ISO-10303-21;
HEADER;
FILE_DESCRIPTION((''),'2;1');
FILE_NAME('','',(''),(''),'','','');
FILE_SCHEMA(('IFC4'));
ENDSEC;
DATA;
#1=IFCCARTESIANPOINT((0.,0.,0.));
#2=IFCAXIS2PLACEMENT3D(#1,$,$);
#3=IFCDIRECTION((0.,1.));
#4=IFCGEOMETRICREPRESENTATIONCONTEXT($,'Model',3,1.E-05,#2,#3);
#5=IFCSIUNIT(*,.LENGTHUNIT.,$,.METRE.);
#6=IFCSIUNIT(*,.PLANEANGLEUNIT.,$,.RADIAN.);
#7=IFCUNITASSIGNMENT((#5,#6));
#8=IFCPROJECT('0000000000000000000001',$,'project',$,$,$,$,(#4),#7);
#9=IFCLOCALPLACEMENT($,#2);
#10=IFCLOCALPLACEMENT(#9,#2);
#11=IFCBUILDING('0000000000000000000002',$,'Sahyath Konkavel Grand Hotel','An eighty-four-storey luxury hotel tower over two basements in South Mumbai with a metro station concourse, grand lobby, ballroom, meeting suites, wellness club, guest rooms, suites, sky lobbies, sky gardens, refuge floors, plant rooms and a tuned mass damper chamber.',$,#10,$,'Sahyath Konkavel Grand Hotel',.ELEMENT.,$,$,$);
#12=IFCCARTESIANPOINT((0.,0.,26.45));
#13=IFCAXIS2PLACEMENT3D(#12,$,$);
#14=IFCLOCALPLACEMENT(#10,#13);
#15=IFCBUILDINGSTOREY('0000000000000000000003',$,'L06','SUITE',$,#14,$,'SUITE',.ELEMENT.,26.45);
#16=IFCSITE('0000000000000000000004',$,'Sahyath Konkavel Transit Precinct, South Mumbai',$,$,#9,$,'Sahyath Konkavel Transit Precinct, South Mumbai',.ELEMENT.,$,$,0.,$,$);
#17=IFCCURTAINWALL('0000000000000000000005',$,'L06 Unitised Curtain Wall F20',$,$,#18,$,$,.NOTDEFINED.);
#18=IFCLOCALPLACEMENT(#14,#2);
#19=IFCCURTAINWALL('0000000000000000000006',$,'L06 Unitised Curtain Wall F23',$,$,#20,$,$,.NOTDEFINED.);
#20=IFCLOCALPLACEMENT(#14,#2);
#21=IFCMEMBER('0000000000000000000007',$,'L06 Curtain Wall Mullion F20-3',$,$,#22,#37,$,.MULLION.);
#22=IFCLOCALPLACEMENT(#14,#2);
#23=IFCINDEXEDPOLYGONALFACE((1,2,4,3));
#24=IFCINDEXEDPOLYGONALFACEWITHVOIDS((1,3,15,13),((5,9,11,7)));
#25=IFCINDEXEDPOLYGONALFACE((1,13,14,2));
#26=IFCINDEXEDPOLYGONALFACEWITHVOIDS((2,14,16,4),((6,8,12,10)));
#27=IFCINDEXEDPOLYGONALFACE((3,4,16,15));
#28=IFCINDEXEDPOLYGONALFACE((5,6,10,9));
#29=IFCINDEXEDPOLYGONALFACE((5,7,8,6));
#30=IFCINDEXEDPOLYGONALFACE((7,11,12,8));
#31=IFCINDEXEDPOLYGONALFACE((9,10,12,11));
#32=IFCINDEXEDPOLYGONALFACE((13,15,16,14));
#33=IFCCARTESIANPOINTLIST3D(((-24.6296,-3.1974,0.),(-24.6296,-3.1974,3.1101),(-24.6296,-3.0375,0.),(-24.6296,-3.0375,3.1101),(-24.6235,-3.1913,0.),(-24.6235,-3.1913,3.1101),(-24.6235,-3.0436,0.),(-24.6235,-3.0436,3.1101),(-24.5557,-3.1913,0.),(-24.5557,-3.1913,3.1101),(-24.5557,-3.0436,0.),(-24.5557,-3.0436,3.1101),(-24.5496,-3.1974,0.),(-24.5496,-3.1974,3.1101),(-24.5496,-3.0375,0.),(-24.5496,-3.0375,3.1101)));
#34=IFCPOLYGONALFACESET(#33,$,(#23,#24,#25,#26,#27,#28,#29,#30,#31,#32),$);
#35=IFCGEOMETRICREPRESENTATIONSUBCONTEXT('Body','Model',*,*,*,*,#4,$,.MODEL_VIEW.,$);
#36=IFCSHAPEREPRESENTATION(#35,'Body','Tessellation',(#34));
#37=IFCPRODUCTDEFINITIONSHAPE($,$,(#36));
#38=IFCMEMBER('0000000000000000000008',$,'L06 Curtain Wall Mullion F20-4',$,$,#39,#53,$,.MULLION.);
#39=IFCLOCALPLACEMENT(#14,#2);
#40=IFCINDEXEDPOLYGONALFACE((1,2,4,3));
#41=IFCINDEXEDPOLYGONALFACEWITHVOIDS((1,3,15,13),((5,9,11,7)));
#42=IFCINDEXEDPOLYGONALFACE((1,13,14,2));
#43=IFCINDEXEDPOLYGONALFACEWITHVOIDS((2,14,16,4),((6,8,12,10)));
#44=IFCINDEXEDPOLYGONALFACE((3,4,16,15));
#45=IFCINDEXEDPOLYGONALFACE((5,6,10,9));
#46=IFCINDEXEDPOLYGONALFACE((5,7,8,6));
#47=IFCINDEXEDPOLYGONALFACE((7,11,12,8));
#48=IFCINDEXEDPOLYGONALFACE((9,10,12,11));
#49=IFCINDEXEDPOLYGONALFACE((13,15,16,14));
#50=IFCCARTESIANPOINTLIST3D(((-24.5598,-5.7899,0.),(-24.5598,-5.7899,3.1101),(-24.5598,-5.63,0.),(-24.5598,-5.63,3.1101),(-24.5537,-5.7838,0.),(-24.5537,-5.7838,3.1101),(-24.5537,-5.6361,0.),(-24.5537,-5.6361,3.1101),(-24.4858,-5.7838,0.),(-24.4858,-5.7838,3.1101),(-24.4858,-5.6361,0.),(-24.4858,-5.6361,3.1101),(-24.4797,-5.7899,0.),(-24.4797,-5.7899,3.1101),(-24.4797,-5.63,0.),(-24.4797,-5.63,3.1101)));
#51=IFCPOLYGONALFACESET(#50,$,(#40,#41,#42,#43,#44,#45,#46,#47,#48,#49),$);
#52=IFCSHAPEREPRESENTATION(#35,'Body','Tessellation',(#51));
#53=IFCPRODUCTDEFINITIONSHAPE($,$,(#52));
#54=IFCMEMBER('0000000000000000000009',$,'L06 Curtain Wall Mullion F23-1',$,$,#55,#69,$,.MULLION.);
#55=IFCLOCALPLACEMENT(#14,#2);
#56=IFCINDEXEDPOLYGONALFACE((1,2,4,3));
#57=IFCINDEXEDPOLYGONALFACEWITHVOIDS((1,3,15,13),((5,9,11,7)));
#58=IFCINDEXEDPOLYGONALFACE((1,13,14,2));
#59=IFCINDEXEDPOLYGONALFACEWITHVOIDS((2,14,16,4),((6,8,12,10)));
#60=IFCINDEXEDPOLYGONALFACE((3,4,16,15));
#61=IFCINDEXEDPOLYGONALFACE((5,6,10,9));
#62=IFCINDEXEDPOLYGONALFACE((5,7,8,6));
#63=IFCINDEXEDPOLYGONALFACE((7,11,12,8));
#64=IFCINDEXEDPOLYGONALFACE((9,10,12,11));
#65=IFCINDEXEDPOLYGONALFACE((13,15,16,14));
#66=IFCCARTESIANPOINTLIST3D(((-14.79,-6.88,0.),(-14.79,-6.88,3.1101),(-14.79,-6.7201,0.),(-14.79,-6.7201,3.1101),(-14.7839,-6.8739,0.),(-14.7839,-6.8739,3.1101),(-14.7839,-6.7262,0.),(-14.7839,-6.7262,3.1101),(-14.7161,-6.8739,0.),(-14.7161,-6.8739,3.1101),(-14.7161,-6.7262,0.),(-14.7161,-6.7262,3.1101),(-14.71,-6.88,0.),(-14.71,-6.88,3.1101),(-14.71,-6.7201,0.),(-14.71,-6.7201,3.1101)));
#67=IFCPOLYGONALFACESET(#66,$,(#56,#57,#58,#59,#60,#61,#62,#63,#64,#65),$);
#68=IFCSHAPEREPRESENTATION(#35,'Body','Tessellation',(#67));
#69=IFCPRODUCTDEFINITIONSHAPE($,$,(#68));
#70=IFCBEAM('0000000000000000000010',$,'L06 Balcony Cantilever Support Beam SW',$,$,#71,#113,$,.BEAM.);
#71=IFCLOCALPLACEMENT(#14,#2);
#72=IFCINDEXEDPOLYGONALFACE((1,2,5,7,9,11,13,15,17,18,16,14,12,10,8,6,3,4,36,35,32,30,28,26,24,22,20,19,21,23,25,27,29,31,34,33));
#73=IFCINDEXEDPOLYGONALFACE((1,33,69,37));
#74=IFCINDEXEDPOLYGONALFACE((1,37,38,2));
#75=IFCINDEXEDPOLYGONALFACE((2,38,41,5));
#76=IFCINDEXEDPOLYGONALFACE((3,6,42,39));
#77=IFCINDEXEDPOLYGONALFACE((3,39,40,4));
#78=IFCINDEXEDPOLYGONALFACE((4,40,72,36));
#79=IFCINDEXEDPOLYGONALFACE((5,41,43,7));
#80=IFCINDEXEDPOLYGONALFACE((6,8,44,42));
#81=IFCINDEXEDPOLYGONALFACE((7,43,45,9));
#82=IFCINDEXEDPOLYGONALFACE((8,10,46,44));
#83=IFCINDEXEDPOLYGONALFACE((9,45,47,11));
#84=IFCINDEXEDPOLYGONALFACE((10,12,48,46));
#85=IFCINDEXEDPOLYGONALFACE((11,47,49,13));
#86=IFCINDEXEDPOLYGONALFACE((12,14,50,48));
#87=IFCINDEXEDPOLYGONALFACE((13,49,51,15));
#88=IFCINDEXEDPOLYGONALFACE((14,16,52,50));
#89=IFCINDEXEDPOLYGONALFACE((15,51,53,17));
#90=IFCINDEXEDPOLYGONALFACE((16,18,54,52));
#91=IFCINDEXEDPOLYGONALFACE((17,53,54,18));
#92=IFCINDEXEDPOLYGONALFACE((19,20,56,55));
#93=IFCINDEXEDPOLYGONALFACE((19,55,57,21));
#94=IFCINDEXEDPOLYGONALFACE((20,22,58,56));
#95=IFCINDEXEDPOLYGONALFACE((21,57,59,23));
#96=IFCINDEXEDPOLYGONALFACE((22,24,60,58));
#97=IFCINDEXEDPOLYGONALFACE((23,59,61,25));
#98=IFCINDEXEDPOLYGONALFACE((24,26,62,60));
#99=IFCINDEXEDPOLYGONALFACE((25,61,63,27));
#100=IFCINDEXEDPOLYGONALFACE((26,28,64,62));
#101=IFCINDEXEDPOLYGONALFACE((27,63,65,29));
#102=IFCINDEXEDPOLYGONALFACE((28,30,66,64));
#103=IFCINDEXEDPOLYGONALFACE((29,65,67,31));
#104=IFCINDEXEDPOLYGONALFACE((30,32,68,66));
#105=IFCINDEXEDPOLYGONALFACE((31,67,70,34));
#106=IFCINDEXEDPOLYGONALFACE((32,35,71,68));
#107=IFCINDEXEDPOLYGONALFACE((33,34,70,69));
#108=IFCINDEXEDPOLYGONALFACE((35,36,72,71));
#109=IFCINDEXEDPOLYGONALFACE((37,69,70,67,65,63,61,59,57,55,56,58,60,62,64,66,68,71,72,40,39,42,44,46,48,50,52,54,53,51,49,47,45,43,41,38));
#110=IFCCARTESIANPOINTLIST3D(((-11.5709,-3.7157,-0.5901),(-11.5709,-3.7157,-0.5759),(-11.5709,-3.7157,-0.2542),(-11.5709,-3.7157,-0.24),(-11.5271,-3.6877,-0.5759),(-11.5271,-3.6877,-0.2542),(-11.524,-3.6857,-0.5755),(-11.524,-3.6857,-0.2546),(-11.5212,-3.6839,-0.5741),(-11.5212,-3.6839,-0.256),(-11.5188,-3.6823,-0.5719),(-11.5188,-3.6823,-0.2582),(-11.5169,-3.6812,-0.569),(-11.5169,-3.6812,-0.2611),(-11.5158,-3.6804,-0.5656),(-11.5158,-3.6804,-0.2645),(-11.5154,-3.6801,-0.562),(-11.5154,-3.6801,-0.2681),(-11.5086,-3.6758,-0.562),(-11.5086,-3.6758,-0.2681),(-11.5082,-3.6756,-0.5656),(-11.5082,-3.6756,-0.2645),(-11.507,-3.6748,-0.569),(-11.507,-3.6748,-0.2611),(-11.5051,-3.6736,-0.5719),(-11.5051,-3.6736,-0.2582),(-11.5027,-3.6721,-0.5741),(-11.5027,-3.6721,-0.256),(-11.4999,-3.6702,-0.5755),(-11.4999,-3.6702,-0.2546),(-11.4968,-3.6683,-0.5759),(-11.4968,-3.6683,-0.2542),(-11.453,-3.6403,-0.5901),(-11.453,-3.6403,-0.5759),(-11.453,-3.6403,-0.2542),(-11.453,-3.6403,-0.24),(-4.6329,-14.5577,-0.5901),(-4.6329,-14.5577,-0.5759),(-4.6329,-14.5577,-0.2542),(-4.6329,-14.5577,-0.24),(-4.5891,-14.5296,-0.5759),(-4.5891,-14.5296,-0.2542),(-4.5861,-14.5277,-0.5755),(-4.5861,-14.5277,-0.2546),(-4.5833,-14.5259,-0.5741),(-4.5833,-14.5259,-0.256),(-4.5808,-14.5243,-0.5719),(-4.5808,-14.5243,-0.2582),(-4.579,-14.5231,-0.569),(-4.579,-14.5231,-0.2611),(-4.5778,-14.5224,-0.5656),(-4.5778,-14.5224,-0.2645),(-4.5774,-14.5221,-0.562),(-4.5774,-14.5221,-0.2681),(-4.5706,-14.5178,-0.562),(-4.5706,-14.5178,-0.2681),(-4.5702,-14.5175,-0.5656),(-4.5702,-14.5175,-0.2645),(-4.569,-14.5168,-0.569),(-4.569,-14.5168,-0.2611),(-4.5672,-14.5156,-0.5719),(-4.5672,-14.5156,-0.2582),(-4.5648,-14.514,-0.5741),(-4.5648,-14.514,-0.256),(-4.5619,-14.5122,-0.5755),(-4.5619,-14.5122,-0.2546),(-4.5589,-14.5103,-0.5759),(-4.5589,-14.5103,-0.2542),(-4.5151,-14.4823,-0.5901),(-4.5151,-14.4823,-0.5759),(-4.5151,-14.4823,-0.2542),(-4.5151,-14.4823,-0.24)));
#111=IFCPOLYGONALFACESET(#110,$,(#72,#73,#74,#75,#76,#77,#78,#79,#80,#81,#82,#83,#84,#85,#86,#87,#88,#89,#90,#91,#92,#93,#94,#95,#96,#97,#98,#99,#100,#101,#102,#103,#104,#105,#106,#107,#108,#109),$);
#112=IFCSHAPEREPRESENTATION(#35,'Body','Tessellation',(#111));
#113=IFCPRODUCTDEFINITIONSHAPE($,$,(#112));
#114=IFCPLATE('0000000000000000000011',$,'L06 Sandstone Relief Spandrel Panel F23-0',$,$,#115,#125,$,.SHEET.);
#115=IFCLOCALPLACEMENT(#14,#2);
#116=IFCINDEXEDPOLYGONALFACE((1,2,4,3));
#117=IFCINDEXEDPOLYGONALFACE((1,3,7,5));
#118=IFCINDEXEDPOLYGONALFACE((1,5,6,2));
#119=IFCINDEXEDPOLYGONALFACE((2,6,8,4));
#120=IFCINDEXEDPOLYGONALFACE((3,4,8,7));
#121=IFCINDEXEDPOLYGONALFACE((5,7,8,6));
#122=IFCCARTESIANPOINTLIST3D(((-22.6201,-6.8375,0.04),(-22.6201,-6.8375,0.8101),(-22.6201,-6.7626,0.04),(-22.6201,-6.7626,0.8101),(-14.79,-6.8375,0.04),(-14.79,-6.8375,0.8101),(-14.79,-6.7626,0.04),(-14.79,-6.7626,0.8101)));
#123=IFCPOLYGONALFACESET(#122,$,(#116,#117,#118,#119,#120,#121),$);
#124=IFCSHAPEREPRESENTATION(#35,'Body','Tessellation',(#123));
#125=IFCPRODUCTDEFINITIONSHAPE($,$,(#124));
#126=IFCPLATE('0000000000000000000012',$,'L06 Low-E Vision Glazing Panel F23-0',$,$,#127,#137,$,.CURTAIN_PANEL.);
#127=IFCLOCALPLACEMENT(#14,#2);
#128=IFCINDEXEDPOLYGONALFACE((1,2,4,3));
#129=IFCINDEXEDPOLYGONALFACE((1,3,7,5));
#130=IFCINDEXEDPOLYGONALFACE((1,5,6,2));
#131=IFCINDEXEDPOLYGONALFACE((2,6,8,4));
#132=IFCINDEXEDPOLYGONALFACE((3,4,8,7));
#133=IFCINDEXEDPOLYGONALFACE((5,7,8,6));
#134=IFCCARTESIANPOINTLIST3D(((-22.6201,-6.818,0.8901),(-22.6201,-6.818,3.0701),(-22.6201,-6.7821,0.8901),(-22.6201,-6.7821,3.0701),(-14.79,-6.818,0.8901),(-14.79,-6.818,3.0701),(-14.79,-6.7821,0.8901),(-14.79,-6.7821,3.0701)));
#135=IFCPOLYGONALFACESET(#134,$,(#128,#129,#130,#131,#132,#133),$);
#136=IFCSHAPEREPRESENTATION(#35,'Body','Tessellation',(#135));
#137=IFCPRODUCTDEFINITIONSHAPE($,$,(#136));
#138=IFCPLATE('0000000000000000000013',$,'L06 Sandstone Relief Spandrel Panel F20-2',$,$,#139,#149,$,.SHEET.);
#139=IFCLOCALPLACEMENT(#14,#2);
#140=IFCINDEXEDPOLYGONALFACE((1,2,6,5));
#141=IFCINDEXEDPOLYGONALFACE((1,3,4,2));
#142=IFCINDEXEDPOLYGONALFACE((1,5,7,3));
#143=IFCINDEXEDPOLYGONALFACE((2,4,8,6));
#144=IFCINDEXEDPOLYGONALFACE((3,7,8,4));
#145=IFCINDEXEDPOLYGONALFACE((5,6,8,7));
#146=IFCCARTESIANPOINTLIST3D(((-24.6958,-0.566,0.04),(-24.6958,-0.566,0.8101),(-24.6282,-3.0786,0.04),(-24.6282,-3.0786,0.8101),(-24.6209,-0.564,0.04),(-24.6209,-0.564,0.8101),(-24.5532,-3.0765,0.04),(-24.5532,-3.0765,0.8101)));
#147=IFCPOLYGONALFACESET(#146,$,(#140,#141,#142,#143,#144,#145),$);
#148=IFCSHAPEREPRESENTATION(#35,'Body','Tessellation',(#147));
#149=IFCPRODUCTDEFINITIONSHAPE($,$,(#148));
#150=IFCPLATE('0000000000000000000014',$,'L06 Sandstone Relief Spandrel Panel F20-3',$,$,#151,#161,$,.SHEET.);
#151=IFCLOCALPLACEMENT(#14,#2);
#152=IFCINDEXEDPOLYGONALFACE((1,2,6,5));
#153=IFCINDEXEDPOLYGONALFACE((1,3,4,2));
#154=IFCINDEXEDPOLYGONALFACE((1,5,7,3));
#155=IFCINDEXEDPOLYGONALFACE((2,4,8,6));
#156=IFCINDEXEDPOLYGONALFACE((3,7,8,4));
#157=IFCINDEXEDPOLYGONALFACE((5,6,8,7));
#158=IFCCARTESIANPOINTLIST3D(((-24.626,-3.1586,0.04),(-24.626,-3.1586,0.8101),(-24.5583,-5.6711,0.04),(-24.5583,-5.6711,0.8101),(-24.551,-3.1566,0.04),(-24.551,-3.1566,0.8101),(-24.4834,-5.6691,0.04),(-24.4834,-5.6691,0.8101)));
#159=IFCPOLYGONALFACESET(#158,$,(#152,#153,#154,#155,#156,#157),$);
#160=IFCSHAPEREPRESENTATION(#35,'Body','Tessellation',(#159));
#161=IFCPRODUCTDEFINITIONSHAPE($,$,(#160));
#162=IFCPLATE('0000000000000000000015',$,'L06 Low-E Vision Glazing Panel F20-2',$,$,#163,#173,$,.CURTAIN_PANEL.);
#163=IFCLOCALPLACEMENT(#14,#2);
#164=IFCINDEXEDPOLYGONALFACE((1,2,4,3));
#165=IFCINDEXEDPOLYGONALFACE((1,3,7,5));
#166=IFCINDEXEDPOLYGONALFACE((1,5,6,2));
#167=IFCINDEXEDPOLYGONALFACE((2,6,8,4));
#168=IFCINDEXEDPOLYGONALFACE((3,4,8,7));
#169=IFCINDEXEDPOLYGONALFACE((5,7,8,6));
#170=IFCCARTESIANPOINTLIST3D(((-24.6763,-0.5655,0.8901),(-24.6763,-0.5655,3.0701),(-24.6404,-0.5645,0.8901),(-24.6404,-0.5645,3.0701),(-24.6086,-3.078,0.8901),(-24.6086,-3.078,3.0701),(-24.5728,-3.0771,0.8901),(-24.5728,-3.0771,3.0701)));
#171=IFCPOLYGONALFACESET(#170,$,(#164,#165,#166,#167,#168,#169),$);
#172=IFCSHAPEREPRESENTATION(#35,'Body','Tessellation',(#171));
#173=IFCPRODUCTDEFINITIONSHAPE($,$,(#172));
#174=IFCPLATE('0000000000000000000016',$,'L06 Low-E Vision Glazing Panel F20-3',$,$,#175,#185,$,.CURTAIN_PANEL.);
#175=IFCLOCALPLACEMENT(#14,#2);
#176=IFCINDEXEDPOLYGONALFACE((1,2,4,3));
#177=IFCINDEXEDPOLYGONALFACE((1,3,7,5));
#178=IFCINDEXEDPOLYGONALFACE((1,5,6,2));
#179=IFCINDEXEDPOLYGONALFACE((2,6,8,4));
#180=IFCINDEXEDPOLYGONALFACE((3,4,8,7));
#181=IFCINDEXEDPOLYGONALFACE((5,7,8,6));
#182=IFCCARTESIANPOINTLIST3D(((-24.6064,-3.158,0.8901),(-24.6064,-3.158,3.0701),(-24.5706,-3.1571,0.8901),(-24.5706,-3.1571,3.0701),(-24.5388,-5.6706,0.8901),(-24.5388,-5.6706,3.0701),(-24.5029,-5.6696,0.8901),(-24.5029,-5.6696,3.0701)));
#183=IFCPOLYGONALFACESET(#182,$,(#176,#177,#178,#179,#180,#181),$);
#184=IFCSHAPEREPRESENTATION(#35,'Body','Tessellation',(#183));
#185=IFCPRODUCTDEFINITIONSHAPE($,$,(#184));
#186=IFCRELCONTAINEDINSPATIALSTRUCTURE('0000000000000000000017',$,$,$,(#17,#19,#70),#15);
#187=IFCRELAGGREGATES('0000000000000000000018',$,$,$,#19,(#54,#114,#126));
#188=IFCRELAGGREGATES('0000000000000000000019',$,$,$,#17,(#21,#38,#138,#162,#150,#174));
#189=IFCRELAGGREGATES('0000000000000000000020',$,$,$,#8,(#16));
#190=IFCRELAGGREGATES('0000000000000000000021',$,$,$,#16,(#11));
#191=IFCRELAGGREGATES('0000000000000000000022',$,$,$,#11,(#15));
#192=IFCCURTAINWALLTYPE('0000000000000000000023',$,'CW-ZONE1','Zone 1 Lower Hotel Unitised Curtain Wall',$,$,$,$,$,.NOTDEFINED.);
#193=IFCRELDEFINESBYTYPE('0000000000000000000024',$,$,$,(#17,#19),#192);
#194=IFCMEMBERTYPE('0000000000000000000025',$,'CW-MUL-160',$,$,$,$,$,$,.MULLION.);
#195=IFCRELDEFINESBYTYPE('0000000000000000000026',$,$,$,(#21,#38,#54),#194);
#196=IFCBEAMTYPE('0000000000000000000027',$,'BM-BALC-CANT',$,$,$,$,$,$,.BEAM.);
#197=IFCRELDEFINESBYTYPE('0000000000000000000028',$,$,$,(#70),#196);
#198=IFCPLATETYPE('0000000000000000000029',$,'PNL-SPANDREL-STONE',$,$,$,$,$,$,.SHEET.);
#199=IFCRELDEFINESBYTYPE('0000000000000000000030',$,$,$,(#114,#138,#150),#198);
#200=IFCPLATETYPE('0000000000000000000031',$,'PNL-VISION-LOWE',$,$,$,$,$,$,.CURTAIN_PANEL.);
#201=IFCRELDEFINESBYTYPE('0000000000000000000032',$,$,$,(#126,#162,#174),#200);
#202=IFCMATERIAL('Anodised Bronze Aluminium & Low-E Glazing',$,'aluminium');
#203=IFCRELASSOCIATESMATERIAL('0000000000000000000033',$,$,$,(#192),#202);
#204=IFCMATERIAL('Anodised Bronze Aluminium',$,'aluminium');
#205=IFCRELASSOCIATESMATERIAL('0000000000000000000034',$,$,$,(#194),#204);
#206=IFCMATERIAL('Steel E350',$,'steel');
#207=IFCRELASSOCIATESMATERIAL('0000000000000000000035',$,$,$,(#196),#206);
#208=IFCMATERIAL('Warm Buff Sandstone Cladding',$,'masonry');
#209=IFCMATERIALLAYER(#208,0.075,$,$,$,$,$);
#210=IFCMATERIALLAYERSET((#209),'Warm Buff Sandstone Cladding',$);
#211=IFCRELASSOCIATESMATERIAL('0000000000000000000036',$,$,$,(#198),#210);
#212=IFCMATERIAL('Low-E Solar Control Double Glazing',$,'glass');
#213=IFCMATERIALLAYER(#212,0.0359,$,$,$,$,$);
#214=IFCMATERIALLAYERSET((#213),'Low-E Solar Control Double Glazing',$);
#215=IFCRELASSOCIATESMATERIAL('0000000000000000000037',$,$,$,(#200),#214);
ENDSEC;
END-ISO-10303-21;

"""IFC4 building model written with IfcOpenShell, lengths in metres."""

from ifc_helpers import new_model, si_unit, direction, frame, origin, origin_2d, place, context, subcontext, project, spatial, rectangle, hollow_rectangle, i_section, extrude, source, transform, mapped, material, layer, layer_set, material_profile, profile_set, type_object, element, aggregate, save


model = new_model("IFC4")

# Units and contexts
model_context = context("Model", 3, precision=1e-05, world=origin(), true_north=direction((0.0, 1.0)))
body_context = subcontext(model_context, "Body", "Model", "MODEL_VIEW")
ifc_project = project(units=[si_unit("LENGTHUNIT", "METRE"), si_unit("PLANEANGLEUNIT", "RADIAN")], contexts=[model_context])

# Site, building, storey
site_placement = place(None, origin())
site = spatial("IfcSite", under=ifc_project, at=site_placement, Name="Sahyath Konkavel Transit Precinct, South Mumbai", LongName="Sahyath Konkavel Transit Precinct, South Mumbai", CompositionType="ELEMENT", RefElevation=0.0)
building_placement = place(site_placement, origin())
building = spatial("IfcBuilding", under=site, at=building_placement, Name="Sahyath Konkavel Grand Hotel", Description="An eighty-four-storey luxury hotel tower over two basements in South Mumbai with a metro station concourse, grand lobby, ballroom, meeting suites, wellness club, guest rooms, suites, sky lobbies, sky gardens, refuge floors, plant rooms and a tuned mass damper chamber.", LongName="Sahyath Konkavel Grand Hotel", CompositionType="ELEMENT")
storey_placement = place(building_placement, frame((0.0, 0.0, 26.45)))
storey = spatial("IfcBuildingStorey", under=building, at=storey_placement, Name="L06", Description="SUITE", LongName="SUITE", CompositionType="ELEMENT", Elevation=26.45)

# Shared definitions
ifc_material_1 = material(Name="Steel E350", Category="steel")

# Curtain wall
ifc_material_2 = material(Name="Anodised Bronze Aluminium & Low-E Glazing", Category="aluminium")
curtain_wall_type = type_object("IfcCurtainWallType", Name="CW-ZONE1", Description="Zone 1 Lower Hotel Unitised Curtain Wall", PredefinedType="NOTDEFINED", material=ifc_material_2)
curtain_wall_1_placement = place(storey_placement, origin())
curtain_wall_1 = element("IfcCurtainWall", 1, at=curtain_wall_1_placement, inside=storey, type_object=curtain_wall_type, Name="L06 Unitised Curtain Wall F20", PredefinedType="NOTDEFINED")

# Curtain wall
curtain_wall_2_placement = place(storey_placement, origin())
curtain_wall_2 = element("IfcCurtainWall", 2, at=curtain_wall_2_placement, inside=storey, type_object=curtain_wall_type, Name="L06 Unitised Curtain Wall F23", PredefinedType="NOTDEFINED")
ifc_material_3 = material(Name="Anodised Bronze Aluminium", Category="aluminium")

# Members
ifc_material_profile_1 = material_profile(ifc_material_3, hollow_rectangle(XDim=0.0801, YDim=0.1599, WallThickness=0.0061, at=origin_2d()), Name="RHS 160x80x6")
ifc_profile_set_1 = profile_set([ifc_material_profile_1], Name="Anodised Bronze Aluminium")
member_type_1 = type_object("IfcMemberType", Name="CW-MUL-160", PredefinedType="MULLION", material=ifc_profile_set_1)
shared_shape_1 = source(origin(), body_context, "Body", "SweptSolid", [
    extrude(hollow_rectangle(XDim=0.0801, YDim=0.1599, WallThickness=0.0061, at=origin_2d()), origin(), (0.0, 0.0, 1.0), 3.1101),
])
member_1_placement = place(storey_placement, frame((-24.5896, -3.1174, 0.0), z_axis=(0.0, 0.0, 1.0), x_axis=(1.0, 0.0, 0.0)))
member_1 = element("IfcMember", 3, at=member_1_placement, type_object=member_type_1, Name="L06 Curtain Wall Mullion F20-3", PredefinedType="MULLION", context=body_context, shape_type="MappedRepresentation", body=[
    mapped(shared_shape_1, transform((0.0, 0.0, 0.0), scale=1.0)),
])
member_2_placement = place(storey_placement, frame((-24.5198, -5.71, 0.0), z_axis=(0.0, 0.0, 1.0), x_axis=(1.0, 0.0, 0.0)))
member_2 = element("IfcMember", 4, at=member_2_placement, type_object=member_type_1, Name="L06 Curtain Wall Mullion F20-4", PredefinedType="MULLION", context=body_context, shape_type="MappedRepresentation", body=[
    mapped(shared_shape_1, transform((0.0, 0.0, 0.0), scale=1.0)),
])
member_3_placement = place(storey_placement, frame((-14.75, -6.8, 0.0), z_axis=(0.0, 0.0, 1.0), x_axis=(1.0, 0.0, 0.0)))
member_3 = element("IfcMember", 5, at=member_3_placement, type_object=member_type_1, Name="L06 Curtain Wall Mullion F23-1", PredefinedType="MULLION", context=body_context, shape_type="MappedRepresentation", body=[
    mapped(shared_shape_1, transform((0.0, 0.0, 0.0), scale=1.0)),
])

# Beam
ifc_material_profile_2 = material_profile(ifc_material_1, i_section(OverallWidth=0.1399, OverallDepth=0.3501, WebThickness=0.0081, FlangeThickness=0.0142, FilletRadius=0.0139, at=origin_2d()), Name="ISMB 350")
ifc_profile_set_2 = profile_set([ifc_material_profile_2], Name="Steel E350")
beam_type_1 = type_object("IfcBeamType", Name="BM-BALC-CANT", PredefinedType="BEAM", material=ifc_profile_set_2)
shared_shape_2 = source(origin(), body_context, "Body", "SweptSolid", [
    extrude(i_section(OverallWidth=0.1399, OverallDepth=0.3501, WebThickness=0.0081, FlangeThickness=0.0142, FilletRadius=0.0139, at=origin_2d()), origin(), (0.0, 0.0, 1.0), 12.8718),
])
beam_1_placement = place(storey_placement, frame((-11.512, -3.678, -0.415), z_axis=(0.539003, -0.842304, 0.0), x_axis=(0.842304, 0.539003, 0.0)))
element("IfcBeam", 6, at=beam_1_placement, inside=storey, type_object=beam_type_1, Name="L06 Balcony Cantilever Support Beam SW", PredefinedType="BEAM", context=body_context, shape_type="MappedRepresentation", body=[
    mapped(shared_shape_2, transform((0.0, 0.0, 0.0), scale=1.0)),
])

# Plates
ifc_material_4 = material(Name="Warm Buff Sandstone Cladding", Category="masonry")
ifc_layer_1 = layer(ifc_material_4, 0.075)
ifc_layer_set_1 = layer_set([ifc_layer_1], Name="Warm Buff Sandstone Cladding")
plate_type_1 = type_object("IfcPlateType", Name="PNL-SPANDREL-STONE", PredefinedType="SHEET", material=ifc_layer_set_1)
shared_shape_3 = source(origin(), body_context, "Body", "SweptSolid", [
    extrude(rectangle(XDim=7.8301, YDim=0.075, at=origin_2d()), origin(), (0.0, 0.0, 1.0), 0.77),
])
plate_1_placement = place(storey_placement, frame((-18.7051, -6.8, 0.04), z_axis=(0.0, 0.0, 1.0), x_axis=(1.0, 0.0, 0.0)))
plate_1 = element("IfcPlate", 7, at=plate_1_placement, type_object=plate_type_1, Name="L06 Sandstone Relief Spandrel Panel F23-0", PredefinedType="SHEET", context=body_context, shape_type="MappedRepresentation", body=[
    mapped(shared_shape_3, transform((0.0, 0.0, 0.0), scale=1.0)),
])
ifc_material_5 = material(Name="Low-E Solar Control Double Glazing", Category="glass")
ifc_layer_2 = layer(ifc_material_5, 0.0359)
ifc_layer_set_2 = layer_set([ifc_layer_2], Name="Low-E Solar Control Double Glazing")
plate_type_2 = type_object("IfcPlateType", Name="PNL-VISION-LOWE", PredefinedType="CURTAIN_PANEL", material=ifc_layer_set_2)
shared_shape_4 = source(origin(), body_context, "Body", "SweptSolid", [
    extrude(rectangle(XDim=7.8301, YDim=0.0359, at=origin_2d()), origin(), (0.0, 0.0, 1.0), 2.1799),
])
plate_2_placement = place(storey_placement, frame((-18.7051, -6.8, 0.8901), z_axis=(0.0, 0.0, 1.0), x_axis=(1.0, 0.0, 0.0)))
plate_2 = element("IfcPlate", 8, at=plate_2_placement, type_object=plate_type_2, Name="L06 Low-E Vision Glazing Panel F23-0", PredefinedType="CURTAIN_PANEL", context=body_context, shape_type="MappedRepresentation", body=[
    mapped(shared_shape_4, transform((0.0, 0.0, 0.0), scale=1.0)),
])
aggregate(curtain_wall_2, [member_3, plate_1, plate_2])
shared_shape_5 = source(origin(), body_context, "Body", "SweptSolid", [
    extrude(rectangle(XDim=2.5134, YDim=0.075, at=origin_2d()), origin(), (0.0, 0.0, 1.0), 0.77),
])
plate_3_placement = place(storey_placement, frame((-24.6245, -1.8213, 0.04), z_axis=(0.0, 0.0, 1.0), x_axis=(0.02691, -0.999638, 0.0)))
plate_3 = element("IfcPlate", 9, at=plate_3_placement, type_object=plate_type_1, Name="L06 Sandstone Relief Spandrel Panel F20-2", PredefinedType="SHEET", context=body_context, shape_type="MappedRepresentation", body=[
    mapped(shared_shape_5, transform((0.0, 0.0, 0.0), scale=1.0)),
])
plate_4_placement = place(storey_placement, frame((-24.5547, -4.4138, 0.04), z_axis=(0.0, 0.0, 1.0), x_axis=(0.02691, -0.999638, 0.0)))
plate_4 = element("IfcPlate", 10, at=plate_4_placement, type_object=plate_type_1, Name="L06 Sandstone Relief Spandrel Panel F20-3", PredefinedType="SHEET", context=body_context, shape_type="MappedRepresentation", body=[
    mapped(shared_shape_5, transform((0.0, 0.0, 0.0), scale=1.0)),
])
shared_shape_6 = source(origin(), body_context, "Body", "SweptSolid", [
    extrude(rectangle(XDim=2.5134, YDim=0.0359, at=origin_2d()), origin(), (0.0, 0.0, 1.0), 2.1799),
])
plate_5_placement = place(storey_placement, frame((-24.6245, -1.8213, 0.8901), z_axis=(0.0, 0.0, 1.0), x_axis=(0.02691, -0.999638, 0.0)))
plate_5 = element("IfcPlate", 11, at=plate_5_placement, type_object=plate_type_2, Name="L06 Low-E Vision Glazing Panel F20-2", PredefinedType="CURTAIN_PANEL", context=body_context, shape_type="MappedRepresentation", body=[
    mapped(shared_shape_6, transform((0.0, 0.0, 0.0), scale=1.0)),
])
plate_6_placement = place(storey_placement, frame((-24.5547, -4.4138, 0.8901), z_axis=(0.0, 0.0, 1.0), x_axis=(0.02691, -0.999638, 0.0)))
plate_6 = element("IfcPlate", 12, at=plate_6_placement, type_object=plate_type_2, Name="L06 Low-E Vision Glazing Panel F20-3", PredefinedType="CURTAIN_PANEL", context=body_context, shape_type="MappedRepresentation", body=[
    mapped(shared_shape_6, transform((0.0, 0.0, 0.0), scale=1.0)),
])
aggregate(curtain_wall_1, [member_1, member_2, plate_3, plate_5, plate_4, plate_6])

save(model, "model.ifc")
